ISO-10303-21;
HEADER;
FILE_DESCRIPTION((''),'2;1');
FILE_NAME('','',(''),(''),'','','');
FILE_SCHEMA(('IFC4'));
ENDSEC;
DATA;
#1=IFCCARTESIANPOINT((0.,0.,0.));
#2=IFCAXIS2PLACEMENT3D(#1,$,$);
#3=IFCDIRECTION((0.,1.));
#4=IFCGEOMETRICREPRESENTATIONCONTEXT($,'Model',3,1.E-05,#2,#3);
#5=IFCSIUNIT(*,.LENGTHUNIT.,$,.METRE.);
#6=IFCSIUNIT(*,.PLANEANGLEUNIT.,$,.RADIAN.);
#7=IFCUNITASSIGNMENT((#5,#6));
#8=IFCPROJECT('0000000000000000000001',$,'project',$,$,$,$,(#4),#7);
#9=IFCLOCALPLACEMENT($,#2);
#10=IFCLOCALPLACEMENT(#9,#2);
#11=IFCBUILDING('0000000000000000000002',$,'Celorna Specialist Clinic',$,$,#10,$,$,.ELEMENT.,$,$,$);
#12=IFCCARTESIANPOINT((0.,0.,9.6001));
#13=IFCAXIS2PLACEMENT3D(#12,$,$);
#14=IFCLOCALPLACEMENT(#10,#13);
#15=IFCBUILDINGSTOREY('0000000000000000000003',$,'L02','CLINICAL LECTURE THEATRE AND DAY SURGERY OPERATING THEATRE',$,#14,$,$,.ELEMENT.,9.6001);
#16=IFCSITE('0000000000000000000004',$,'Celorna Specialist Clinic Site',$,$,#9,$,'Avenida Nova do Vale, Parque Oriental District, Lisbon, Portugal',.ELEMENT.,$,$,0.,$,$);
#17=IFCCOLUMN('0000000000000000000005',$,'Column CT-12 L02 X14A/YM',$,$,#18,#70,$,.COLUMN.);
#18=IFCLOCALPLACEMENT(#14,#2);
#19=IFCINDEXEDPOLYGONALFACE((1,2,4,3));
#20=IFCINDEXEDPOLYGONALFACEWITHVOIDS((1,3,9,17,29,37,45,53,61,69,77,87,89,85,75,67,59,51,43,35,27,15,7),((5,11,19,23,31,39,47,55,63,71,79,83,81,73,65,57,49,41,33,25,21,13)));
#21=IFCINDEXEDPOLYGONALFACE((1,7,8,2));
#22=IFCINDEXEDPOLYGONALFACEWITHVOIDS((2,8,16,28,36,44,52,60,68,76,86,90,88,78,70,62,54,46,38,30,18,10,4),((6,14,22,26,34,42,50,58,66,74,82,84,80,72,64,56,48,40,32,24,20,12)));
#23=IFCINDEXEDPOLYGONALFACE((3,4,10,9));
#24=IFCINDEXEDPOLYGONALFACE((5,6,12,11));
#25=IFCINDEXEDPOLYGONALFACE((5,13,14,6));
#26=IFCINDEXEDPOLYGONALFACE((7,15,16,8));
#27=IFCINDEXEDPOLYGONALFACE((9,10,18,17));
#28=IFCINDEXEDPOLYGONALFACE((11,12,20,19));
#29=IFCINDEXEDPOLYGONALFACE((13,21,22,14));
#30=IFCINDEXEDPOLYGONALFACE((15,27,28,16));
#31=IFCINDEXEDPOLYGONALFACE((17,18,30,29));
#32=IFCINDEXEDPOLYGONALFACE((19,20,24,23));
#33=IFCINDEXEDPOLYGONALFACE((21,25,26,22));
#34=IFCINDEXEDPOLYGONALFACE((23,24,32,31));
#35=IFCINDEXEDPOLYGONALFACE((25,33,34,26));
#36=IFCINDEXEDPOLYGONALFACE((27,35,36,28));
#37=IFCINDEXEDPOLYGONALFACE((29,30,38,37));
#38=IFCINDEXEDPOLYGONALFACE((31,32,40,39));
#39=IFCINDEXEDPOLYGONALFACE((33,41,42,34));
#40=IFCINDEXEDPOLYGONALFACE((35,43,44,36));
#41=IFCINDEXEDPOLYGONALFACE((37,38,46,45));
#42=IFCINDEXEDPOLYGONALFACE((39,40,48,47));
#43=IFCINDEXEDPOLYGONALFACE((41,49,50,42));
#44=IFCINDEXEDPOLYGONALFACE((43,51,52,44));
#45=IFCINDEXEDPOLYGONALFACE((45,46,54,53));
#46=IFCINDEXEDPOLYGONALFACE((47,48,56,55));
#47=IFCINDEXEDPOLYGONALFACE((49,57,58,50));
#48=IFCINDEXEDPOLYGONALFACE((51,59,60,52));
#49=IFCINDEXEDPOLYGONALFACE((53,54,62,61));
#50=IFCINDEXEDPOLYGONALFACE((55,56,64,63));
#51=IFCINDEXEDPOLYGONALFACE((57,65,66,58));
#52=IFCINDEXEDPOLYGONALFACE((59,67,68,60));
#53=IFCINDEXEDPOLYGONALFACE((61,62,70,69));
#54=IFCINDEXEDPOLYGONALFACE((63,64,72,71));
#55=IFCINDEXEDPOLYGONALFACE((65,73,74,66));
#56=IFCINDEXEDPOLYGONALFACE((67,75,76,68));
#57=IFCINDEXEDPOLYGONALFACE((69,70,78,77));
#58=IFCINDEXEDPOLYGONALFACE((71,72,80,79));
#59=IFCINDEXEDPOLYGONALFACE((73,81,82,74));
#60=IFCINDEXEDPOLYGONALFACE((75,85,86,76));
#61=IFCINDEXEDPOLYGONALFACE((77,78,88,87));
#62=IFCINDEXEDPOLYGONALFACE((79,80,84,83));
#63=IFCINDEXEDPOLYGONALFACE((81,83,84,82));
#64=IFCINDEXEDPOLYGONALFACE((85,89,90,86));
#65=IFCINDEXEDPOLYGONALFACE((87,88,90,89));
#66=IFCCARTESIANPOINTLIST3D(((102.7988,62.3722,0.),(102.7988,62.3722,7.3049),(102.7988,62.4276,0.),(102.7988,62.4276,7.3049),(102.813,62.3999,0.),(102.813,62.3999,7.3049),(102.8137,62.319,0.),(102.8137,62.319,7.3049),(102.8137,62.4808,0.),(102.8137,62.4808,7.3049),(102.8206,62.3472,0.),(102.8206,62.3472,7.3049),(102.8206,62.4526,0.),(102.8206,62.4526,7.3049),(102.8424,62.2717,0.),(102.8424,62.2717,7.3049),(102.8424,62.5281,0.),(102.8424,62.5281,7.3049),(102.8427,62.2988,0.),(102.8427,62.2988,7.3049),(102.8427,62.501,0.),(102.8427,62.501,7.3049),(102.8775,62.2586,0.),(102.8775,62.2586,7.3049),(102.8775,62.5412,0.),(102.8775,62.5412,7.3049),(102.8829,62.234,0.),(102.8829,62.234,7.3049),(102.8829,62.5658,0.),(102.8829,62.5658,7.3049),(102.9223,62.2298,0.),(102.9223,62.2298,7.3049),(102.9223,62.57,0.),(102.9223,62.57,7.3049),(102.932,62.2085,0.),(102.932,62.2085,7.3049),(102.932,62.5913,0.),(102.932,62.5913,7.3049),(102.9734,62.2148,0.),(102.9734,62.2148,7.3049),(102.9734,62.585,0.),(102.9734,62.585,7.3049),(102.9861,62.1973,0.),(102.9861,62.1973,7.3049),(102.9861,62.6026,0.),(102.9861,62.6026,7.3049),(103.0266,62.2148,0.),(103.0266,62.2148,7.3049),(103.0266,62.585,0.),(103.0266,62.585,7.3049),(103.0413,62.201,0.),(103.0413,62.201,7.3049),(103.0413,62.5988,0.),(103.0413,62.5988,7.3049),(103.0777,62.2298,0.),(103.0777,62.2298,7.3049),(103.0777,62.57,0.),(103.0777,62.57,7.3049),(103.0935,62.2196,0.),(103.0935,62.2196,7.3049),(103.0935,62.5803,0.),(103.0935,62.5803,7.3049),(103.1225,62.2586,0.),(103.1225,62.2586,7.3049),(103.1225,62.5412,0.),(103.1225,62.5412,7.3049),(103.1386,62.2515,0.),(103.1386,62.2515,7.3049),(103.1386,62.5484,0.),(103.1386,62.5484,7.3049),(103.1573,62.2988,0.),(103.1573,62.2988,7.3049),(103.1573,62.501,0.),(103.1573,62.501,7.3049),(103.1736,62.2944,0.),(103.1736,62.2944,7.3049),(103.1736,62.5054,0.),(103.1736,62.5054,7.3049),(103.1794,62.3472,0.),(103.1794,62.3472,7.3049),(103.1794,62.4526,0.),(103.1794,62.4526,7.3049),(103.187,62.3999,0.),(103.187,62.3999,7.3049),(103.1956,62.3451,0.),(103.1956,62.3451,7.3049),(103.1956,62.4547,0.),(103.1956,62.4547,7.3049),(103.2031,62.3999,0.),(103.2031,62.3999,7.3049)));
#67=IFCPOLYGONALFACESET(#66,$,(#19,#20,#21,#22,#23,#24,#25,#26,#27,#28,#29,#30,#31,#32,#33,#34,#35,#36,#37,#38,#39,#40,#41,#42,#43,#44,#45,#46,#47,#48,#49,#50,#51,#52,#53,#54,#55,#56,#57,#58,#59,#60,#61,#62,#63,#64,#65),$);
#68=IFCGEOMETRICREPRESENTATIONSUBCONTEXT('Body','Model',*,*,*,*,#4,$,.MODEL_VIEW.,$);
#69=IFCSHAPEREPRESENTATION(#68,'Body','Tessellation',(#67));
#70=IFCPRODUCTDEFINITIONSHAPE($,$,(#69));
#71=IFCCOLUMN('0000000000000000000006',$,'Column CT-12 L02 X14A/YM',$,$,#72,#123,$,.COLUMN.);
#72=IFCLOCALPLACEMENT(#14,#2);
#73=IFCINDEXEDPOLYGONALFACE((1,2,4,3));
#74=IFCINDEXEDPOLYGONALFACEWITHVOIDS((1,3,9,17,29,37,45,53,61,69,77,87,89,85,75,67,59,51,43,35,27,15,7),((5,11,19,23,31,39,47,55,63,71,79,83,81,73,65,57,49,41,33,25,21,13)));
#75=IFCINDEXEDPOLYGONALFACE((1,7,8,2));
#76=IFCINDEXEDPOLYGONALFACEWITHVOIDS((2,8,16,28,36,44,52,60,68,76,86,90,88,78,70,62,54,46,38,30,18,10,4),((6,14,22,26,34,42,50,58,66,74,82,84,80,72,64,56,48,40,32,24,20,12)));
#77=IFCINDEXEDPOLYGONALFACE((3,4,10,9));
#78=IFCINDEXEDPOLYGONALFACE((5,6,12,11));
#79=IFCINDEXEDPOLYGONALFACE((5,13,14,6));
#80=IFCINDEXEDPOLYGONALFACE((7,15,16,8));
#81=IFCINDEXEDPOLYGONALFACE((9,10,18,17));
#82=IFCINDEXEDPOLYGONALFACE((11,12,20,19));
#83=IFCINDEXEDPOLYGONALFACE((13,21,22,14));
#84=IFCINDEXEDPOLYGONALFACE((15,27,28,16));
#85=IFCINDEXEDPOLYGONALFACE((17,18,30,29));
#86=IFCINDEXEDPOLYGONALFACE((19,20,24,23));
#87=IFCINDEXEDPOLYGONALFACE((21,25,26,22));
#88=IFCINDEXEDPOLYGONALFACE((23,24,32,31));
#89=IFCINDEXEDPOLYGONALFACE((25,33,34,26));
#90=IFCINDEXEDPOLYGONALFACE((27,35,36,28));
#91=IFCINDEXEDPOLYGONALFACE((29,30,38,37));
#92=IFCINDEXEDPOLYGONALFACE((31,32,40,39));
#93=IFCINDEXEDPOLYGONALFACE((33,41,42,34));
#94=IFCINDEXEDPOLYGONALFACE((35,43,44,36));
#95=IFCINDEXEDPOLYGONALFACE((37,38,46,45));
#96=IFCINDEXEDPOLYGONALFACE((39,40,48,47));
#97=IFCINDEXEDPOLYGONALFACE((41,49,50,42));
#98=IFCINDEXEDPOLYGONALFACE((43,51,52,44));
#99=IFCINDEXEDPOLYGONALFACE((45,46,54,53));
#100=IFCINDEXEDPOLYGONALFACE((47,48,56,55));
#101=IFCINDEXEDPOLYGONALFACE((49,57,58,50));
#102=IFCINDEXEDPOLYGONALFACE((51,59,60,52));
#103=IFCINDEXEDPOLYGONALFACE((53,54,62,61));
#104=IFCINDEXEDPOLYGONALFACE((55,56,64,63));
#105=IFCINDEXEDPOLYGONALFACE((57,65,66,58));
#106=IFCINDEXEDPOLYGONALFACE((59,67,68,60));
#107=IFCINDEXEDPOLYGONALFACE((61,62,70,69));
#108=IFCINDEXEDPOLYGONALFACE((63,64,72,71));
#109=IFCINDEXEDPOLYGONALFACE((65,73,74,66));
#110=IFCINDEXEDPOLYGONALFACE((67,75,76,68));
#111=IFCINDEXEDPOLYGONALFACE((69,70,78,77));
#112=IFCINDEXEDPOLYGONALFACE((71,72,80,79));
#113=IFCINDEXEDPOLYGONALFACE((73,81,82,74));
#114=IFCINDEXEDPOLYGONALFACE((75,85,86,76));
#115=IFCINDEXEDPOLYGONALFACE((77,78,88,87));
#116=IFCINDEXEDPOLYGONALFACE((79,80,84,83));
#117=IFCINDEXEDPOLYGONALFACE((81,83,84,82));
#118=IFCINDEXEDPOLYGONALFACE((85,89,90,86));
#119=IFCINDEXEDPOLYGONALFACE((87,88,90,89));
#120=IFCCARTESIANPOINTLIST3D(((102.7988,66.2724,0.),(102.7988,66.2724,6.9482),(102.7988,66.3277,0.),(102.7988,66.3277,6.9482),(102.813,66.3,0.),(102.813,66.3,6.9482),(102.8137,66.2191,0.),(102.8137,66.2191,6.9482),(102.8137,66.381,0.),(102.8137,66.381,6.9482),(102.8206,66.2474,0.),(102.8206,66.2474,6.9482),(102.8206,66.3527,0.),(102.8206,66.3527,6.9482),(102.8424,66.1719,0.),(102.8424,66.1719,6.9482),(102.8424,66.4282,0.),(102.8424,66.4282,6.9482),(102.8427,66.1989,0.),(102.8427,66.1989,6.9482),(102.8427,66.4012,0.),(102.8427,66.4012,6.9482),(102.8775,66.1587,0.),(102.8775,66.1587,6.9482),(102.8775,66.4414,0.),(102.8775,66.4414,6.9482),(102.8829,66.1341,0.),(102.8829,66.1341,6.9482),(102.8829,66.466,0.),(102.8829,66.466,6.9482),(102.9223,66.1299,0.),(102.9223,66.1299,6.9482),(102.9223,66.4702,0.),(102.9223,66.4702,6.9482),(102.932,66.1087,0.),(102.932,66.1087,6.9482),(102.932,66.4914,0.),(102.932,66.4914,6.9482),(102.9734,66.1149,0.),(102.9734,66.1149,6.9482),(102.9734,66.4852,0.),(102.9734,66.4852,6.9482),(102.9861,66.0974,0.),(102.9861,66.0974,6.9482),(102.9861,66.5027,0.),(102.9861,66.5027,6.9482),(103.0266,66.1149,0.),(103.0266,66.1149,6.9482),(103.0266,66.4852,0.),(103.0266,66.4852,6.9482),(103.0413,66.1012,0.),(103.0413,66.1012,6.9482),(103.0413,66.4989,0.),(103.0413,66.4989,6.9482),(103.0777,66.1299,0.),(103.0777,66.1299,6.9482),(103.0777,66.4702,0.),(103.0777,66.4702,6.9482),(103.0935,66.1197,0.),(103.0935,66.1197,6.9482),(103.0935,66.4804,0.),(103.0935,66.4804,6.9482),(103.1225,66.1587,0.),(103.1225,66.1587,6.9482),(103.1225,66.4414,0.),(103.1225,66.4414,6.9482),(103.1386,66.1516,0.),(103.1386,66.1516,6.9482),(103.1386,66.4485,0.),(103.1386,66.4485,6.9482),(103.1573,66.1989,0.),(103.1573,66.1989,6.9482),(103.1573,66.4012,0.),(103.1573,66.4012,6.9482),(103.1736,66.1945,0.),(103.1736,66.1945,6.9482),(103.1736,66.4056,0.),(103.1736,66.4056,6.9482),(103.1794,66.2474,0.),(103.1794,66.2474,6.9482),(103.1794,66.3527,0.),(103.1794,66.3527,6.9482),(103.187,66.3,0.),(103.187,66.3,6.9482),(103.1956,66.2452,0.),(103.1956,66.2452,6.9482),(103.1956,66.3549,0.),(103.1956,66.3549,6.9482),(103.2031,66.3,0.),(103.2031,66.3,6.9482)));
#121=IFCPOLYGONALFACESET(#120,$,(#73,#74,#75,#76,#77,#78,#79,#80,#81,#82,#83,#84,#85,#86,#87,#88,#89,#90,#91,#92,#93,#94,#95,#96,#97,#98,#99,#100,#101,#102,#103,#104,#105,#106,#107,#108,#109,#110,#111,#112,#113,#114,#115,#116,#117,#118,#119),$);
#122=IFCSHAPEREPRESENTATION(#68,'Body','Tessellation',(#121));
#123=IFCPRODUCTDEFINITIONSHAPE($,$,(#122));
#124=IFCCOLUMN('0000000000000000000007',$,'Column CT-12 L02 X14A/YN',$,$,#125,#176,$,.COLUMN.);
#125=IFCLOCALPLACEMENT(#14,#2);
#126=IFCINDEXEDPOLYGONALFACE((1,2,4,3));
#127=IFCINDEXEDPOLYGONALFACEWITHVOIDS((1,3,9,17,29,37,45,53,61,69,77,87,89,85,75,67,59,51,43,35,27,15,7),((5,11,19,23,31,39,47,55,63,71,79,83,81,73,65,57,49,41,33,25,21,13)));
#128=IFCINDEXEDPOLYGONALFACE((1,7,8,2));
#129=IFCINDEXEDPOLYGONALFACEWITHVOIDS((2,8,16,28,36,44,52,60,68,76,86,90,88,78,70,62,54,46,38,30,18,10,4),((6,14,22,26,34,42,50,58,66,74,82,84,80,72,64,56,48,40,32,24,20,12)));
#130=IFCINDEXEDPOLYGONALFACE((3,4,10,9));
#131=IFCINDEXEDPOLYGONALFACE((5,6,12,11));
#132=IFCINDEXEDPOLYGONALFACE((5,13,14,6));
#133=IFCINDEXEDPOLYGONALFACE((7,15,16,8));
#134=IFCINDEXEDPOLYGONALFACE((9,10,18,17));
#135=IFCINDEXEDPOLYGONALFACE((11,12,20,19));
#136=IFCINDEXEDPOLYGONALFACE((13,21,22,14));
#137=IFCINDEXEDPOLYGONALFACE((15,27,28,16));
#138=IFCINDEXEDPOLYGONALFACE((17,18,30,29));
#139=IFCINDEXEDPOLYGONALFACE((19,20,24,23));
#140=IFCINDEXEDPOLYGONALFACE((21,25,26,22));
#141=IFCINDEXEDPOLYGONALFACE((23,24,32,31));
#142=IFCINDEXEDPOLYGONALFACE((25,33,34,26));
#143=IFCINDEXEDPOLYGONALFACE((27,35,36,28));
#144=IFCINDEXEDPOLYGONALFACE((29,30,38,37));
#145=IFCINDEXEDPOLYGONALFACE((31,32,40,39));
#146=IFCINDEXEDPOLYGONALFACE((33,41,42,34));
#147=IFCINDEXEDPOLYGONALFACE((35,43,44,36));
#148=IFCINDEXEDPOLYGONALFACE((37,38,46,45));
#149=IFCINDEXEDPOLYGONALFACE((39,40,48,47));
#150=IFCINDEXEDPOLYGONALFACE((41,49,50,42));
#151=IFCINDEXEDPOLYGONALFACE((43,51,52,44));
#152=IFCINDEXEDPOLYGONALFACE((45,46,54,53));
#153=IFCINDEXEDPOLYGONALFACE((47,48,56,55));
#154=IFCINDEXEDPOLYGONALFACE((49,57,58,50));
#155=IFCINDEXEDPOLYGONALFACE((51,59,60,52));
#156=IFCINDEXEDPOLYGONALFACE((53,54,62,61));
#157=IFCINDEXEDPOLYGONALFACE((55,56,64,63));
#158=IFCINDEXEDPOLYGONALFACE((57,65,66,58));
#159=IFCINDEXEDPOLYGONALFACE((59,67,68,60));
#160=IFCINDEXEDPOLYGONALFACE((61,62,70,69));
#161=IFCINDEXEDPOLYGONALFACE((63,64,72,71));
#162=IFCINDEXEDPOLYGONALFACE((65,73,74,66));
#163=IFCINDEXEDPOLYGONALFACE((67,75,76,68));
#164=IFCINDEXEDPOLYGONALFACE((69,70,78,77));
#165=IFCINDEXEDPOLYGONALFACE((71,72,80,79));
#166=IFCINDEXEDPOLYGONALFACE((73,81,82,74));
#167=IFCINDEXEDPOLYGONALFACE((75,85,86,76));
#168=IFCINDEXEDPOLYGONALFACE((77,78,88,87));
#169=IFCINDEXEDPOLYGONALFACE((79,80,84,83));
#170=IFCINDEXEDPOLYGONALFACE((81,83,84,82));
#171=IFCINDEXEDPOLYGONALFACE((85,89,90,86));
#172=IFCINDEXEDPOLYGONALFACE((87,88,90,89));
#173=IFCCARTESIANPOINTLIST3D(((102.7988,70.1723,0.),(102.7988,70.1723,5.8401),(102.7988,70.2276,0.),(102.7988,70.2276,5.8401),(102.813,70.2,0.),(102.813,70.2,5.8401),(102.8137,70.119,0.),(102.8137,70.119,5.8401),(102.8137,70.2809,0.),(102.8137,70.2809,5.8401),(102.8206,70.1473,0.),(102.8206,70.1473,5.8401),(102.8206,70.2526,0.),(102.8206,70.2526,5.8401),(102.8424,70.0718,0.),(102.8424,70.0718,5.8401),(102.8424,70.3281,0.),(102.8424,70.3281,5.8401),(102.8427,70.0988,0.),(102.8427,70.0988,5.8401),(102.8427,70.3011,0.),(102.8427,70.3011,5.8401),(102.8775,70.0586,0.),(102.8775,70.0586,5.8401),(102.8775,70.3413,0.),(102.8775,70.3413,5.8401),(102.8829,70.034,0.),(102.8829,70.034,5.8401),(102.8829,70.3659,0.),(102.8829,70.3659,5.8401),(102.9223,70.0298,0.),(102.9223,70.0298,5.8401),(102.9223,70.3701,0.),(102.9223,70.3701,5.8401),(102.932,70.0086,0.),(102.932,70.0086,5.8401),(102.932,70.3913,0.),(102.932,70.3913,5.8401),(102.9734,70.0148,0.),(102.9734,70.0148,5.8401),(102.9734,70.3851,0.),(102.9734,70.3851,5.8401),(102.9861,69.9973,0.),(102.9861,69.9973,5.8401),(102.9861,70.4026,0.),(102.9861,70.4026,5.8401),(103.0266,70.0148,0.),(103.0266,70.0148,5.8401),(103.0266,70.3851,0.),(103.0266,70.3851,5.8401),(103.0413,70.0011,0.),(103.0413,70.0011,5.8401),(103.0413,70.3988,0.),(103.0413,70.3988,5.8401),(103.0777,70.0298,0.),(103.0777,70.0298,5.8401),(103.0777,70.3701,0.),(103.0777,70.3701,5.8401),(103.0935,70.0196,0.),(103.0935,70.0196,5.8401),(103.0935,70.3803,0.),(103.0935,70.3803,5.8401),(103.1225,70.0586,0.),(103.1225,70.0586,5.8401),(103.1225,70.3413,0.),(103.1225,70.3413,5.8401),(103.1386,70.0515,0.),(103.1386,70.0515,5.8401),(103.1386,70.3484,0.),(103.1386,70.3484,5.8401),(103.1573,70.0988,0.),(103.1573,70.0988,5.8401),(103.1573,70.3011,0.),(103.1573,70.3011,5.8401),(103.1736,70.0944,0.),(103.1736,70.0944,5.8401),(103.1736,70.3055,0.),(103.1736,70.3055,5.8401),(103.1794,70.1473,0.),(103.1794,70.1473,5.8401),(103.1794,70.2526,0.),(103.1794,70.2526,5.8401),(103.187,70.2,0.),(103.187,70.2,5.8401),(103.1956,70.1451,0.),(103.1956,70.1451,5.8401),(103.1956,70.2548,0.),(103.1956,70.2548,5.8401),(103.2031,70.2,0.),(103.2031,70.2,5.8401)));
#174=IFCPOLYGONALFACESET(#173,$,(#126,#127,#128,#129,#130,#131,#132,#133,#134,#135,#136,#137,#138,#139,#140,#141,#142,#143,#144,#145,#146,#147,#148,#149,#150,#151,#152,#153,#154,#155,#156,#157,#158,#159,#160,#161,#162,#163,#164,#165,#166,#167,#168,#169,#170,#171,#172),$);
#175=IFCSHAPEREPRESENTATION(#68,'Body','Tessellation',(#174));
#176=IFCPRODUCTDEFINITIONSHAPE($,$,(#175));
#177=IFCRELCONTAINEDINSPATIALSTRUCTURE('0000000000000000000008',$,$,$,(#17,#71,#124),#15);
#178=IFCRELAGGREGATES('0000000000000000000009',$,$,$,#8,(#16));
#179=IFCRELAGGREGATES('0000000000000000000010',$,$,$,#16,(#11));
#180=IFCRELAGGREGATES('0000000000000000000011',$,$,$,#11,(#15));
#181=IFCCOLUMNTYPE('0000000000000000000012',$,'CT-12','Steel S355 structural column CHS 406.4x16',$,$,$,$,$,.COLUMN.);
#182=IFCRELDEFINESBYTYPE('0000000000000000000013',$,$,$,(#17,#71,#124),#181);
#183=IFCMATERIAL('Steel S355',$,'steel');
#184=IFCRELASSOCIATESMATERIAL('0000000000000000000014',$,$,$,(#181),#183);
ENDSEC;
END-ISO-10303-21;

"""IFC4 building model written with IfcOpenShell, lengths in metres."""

from ifc_helpers import new_model, si_unit, direction, frame, origin, origin_2d, place, context, subcontext, project, spatial, hollow_circle, extrude, material, material_profile, profile_set, type_object, element, save


model = new_model("IFC4")

# Units and contexts
model_context = context("Model", 3, precision=1e-05, world=origin(), true_north=direction((0.0, 1.0)))
body_context = subcontext(model_context, "Body", "Model", "MODEL_VIEW")
ifc_project = project(units=[si_unit("LENGTHUNIT", "METRE"), si_unit("PLANEANGLEUNIT", "RADIAN")], contexts=[model_context])

# Site, building, storey
site_placement = place(None, origin())
site = spatial("IfcSite", under=ifc_project, at=site_placement, Name="Celorna Specialist Clinic Site", LongName="Avenida Nova do Vale, Parque Oriental District, Lisbon, Portugal", CompositionType="ELEMENT", RefElevation=0.0)
building_placement = place(site_placement, origin())
building = spatial("IfcBuilding", under=site, at=building_placement, Name="Celorna Specialist Clinic", CompositionType="ELEMENT")
storey_placement = place(building_placement, frame((0.0, 0.0, 9.6001)))
storey = spatial("IfcBuildingStorey", under=building, at=storey_placement, Name="L02", Description="CLINICAL LECTURE THEATRE AND DAY SURGERY OPERATING THEATRE", CompositionType="ELEMENT", Elevation=9.6001)

# Columns
ifc_material_1 = material(Name="Steel S355", Category="steel")
ifc_material_profile_1 = material_profile(ifc_material_1, hollow_circle(Radius=0.2031, WallThickness=0.0161, at=origin_2d()), Name="CHS 406.4x16")
ifc_profile_set_1 = profile_set([ifc_material_profile_1], Name="Steel S355")
column_type_1 = type_object("IfcColumnType", Name="CT-12", Description="Steel S355 structural column CHS 406.4x16", PredefinedType="COLUMN", material=ifc_profile_set_1)
column_1_placement = place(storey_placement, frame((103.0, 62.3999, 0.0), z_axis=(0.0, 0.0, 1.0), x_axis=(1.0, 0.0, 0.0)))
element("IfcColumn", 1, at=column_1_placement, inside=storey, type_object=column_type_1, Name="Column CT-12 L02 X14A/YM", PredefinedType="COLUMN", context=body_context, shape_type="SweptSolid", body=[
    extrude(hollow_circle(Radius=0.2031, WallThickness=0.0161, at=origin_2d()), origin(), (0.0, 0.0, 1.0), 7.3049),
])
column_2_placement = place(storey_placement, frame((103.0, 66.3, 0.0), z_axis=(0.0, 0.0, 1.0), x_axis=(1.0, 0.0, 0.0)))
element("IfcColumn", 2, at=column_2_placement, inside=storey, type_object=column_type_1, Name="Column CT-12 L02 X14A/YM", PredefinedType="COLUMN", context=body_context, shape_type="SweptSolid", body=[
    extrude(hollow_circle(Radius=0.2031, WallThickness=0.0161, at=origin_2d()), origin(), (0.0, 0.0, 1.0), 6.9482),
])
column_3_placement = place(storey_placement, frame((103.0, 70.2, 0.0), z_axis=(0.0, 0.0, 1.0), x_axis=(1.0, 0.0, 0.0)))
element("IfcColumn", 3, at=column_3_placement, inside=storey, type_object=column_type_1, Name="Column CT-12 L02 X14A/YN", PredefinedType="COLUMN", context=body_context, shape_type="SweptSolid", body=[
    extrude(hollow_circle(Radius=0.2031, WallThickness=0.0161, at=origin_2d()), origin(), (0.0, 0.0, 1.0), 5.8401),
])

save(model, "model.ifc")
